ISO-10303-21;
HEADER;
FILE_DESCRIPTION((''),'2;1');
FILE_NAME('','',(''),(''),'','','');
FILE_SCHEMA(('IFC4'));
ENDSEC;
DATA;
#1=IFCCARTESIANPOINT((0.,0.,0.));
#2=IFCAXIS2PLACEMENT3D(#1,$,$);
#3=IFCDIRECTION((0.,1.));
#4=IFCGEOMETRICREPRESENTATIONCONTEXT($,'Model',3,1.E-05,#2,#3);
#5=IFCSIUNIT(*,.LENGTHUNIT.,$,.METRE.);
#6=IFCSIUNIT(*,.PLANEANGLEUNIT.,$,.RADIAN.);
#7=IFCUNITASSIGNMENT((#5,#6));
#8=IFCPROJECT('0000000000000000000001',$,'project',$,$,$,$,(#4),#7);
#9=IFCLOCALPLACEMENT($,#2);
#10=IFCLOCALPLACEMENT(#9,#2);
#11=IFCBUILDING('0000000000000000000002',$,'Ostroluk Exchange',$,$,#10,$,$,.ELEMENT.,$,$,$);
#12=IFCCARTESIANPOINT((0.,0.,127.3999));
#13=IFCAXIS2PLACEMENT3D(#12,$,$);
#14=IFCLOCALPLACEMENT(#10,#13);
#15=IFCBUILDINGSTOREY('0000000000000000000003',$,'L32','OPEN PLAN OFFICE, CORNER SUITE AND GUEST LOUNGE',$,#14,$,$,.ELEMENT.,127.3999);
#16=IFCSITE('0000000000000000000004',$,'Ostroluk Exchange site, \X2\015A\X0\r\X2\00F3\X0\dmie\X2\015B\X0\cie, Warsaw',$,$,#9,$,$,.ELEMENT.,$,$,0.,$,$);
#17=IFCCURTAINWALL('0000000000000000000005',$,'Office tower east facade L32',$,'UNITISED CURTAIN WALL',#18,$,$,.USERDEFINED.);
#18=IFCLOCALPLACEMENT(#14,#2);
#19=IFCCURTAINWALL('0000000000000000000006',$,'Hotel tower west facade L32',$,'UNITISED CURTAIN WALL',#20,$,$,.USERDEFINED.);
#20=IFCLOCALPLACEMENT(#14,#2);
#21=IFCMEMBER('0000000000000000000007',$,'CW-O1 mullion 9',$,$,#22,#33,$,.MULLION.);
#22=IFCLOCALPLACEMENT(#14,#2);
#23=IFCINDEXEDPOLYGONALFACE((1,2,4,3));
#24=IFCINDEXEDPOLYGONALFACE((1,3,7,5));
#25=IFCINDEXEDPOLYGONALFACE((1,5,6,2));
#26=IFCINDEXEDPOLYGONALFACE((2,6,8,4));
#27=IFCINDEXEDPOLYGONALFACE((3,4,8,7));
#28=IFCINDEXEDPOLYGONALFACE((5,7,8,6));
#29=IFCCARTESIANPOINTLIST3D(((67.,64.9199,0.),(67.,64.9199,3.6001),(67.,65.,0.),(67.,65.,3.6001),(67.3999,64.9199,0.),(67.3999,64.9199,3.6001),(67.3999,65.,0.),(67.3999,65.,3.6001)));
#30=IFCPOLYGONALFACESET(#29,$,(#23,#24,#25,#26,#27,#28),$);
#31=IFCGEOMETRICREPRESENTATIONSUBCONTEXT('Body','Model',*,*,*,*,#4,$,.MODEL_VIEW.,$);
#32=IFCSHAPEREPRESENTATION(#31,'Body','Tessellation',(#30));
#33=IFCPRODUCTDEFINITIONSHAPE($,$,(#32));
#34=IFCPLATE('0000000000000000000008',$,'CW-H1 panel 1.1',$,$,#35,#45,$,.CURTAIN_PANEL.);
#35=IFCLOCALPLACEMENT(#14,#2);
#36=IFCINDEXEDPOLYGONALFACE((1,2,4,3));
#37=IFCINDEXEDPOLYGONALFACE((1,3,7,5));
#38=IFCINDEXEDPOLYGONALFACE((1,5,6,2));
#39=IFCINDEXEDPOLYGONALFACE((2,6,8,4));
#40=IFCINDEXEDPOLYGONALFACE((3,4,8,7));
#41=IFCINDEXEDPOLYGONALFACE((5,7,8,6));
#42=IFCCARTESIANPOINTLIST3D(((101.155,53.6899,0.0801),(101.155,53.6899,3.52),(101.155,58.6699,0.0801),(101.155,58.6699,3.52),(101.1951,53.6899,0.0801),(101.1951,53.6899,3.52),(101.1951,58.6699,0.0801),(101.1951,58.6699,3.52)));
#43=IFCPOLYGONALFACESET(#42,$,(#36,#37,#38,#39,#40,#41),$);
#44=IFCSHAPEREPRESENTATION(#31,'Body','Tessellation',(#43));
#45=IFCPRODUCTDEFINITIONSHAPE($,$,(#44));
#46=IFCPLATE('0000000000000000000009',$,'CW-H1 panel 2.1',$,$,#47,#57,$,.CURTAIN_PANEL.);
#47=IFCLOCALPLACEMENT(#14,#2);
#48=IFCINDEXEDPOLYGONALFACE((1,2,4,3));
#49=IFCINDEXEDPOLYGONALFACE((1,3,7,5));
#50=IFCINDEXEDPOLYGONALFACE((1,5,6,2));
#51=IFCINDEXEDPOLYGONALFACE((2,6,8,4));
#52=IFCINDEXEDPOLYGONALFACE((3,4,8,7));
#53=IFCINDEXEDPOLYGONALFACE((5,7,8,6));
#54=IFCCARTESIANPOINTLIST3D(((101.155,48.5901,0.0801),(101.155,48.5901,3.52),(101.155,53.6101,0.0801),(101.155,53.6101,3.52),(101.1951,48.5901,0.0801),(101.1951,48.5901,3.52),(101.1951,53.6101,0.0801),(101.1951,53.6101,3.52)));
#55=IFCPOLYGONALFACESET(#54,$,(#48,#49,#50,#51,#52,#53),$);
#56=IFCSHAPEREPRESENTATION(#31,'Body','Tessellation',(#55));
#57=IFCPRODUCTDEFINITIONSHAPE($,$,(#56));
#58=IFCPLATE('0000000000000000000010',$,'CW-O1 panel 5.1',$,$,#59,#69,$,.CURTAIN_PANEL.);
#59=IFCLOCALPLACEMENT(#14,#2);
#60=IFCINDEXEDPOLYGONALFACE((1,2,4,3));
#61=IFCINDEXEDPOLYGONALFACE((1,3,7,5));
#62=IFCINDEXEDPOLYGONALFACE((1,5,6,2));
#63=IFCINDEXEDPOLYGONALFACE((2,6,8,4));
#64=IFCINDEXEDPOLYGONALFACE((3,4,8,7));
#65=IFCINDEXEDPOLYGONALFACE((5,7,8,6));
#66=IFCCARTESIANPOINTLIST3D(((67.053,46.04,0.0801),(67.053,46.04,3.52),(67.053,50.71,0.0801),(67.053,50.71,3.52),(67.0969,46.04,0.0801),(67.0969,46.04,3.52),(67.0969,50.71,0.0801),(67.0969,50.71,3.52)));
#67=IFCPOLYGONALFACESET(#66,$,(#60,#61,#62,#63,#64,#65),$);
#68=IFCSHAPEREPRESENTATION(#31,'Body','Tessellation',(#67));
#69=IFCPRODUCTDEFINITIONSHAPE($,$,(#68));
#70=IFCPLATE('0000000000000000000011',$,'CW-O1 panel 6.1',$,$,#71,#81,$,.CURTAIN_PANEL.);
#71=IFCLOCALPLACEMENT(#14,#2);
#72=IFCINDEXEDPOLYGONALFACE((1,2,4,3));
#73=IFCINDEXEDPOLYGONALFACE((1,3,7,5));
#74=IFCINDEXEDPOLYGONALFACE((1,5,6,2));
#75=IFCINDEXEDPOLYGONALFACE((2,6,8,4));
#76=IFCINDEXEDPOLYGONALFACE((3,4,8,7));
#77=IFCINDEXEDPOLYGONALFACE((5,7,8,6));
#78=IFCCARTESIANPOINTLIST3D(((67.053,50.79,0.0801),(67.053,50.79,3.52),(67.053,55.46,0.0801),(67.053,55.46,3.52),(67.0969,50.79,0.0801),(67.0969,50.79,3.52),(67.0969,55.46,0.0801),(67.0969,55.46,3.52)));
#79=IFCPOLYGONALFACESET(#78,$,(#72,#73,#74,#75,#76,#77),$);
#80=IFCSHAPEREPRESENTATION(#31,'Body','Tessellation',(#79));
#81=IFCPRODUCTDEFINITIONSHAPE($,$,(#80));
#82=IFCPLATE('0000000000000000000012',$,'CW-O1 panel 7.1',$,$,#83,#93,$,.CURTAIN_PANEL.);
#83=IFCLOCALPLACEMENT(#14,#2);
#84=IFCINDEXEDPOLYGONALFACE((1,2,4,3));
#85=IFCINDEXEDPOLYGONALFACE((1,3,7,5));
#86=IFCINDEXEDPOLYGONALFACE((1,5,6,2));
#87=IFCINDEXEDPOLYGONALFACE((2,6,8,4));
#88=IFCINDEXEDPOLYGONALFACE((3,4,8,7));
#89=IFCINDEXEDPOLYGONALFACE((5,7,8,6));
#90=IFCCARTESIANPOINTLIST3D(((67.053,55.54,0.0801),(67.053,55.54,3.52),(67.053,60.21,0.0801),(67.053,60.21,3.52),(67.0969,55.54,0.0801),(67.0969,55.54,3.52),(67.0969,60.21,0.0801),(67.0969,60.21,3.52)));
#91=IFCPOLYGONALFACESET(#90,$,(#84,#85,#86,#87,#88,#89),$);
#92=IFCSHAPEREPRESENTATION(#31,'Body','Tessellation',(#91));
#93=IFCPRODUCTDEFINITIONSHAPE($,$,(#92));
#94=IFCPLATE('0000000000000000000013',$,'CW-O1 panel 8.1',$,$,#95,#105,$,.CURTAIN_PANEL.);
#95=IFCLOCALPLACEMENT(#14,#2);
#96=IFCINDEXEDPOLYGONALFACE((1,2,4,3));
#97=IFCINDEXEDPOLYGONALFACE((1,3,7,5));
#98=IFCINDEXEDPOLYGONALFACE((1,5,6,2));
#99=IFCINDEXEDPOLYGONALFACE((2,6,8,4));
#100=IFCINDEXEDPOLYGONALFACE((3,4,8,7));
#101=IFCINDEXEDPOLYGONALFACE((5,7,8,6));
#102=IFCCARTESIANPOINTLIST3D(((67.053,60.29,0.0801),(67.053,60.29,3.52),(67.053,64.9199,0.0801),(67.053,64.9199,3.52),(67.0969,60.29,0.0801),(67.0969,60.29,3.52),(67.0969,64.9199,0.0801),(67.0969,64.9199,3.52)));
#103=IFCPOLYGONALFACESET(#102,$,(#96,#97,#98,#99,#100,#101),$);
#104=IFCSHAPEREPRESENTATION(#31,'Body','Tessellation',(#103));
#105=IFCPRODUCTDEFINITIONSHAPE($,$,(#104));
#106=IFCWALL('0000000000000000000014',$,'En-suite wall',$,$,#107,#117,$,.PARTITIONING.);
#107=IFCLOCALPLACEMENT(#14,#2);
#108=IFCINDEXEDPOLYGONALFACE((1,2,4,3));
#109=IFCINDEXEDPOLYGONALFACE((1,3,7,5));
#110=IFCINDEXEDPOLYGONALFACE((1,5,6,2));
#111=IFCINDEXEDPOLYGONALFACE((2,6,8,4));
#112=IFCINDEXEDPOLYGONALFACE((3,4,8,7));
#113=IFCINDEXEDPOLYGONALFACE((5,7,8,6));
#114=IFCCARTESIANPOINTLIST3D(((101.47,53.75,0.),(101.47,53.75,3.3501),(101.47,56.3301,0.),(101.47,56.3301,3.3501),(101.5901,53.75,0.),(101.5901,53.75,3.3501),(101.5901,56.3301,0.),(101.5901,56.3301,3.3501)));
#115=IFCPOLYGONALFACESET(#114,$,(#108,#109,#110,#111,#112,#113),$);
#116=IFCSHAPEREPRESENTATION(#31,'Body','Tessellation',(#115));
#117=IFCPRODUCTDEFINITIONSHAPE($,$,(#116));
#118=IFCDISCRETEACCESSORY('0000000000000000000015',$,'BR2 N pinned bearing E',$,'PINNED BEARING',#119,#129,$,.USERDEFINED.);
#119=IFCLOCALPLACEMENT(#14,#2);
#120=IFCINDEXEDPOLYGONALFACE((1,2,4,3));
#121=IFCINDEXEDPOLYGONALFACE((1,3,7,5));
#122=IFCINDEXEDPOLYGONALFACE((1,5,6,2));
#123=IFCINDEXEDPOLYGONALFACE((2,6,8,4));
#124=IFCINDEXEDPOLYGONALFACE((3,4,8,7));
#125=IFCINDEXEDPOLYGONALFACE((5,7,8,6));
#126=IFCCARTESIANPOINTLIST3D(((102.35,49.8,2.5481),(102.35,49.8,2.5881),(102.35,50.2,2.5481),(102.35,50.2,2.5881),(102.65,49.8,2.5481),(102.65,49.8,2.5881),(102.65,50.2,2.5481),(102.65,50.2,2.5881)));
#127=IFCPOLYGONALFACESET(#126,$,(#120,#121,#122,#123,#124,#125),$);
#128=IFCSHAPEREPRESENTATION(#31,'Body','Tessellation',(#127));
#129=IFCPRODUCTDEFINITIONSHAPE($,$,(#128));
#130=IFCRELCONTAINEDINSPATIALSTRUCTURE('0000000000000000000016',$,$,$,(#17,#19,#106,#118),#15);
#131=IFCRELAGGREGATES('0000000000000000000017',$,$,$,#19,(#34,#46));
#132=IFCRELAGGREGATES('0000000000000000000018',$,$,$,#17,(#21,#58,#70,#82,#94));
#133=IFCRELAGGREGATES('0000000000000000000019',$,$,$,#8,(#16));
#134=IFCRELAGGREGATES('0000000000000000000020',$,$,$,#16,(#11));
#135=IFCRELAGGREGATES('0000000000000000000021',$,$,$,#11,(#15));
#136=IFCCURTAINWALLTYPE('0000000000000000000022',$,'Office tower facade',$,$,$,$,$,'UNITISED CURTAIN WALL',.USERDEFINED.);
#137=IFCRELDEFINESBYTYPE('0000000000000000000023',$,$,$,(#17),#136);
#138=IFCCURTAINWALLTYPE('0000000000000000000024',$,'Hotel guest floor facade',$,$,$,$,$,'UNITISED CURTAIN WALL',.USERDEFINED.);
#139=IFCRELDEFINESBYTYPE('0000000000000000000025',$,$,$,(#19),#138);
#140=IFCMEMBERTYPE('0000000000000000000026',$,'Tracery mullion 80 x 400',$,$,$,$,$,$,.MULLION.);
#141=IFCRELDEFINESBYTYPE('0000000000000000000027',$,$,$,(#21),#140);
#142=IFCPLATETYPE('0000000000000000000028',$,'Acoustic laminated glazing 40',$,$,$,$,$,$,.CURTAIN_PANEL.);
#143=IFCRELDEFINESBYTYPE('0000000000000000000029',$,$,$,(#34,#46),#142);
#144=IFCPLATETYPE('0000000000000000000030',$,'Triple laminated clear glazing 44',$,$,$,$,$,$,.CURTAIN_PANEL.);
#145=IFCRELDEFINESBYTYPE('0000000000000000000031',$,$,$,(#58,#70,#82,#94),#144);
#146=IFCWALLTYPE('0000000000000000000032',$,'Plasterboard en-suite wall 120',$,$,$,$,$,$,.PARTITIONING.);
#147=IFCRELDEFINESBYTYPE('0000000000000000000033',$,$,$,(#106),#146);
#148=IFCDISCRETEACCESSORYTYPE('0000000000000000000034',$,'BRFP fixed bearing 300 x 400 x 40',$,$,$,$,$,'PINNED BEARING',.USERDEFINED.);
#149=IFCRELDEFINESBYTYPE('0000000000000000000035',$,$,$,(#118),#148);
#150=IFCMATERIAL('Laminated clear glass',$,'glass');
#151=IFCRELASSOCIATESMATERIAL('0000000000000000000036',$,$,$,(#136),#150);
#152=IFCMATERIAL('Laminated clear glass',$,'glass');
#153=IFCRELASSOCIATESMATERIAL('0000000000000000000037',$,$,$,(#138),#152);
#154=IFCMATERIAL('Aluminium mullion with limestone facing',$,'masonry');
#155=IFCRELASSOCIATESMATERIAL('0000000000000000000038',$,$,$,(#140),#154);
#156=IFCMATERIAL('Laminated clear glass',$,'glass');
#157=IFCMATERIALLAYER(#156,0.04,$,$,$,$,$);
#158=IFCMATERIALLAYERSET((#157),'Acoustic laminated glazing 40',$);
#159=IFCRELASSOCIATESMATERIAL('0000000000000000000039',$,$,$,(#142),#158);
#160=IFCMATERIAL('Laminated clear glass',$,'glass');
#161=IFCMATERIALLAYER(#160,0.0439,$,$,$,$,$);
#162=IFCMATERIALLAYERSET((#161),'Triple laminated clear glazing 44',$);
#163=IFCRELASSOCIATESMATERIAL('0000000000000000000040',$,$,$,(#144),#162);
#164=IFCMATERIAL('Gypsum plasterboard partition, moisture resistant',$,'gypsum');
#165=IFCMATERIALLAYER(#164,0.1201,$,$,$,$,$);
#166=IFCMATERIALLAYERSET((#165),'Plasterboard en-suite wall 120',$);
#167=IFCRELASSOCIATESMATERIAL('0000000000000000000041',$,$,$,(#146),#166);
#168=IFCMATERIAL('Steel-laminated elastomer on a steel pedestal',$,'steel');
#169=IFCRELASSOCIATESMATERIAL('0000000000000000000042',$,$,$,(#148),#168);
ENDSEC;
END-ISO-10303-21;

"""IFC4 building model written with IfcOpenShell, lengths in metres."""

from ifc_helpers import new_model, si_unit, direction, frame, frame_2d, origin, origin_2d, place, context, subcontext, project, spatial, rectangle, extrude, material, layer, layer_set, material_profile, profile_set, type_object, element, aggregate, save


model = new_model("IFC4")

# Units and contexts
model_context = context("Model", 3, precision=1e-05, world=origin(), true_north=direction((0.0, 1.0)))
body_context = subcontext(model_context, "Body", "Model", "MODEL_VIEW")
ifc_project = project(units=[si_unit("LENGTHUNIT", "METRE"), si_unit("PLANEANGLEUNIT", "RADIAN")], contexts=[model_context])

# Site, building, storey
site_placement = place(None, origin())
site = spatial("IfcSite", under=ifc_project, at=site_placement, Name="Ostroluk Exchange site, Śródmieście, Warsaw", CompositionType="ELEMENT", RefElevation=0.0)
building_placement = place(site_placement, origin())
building = spatial("IfcBuilding", under=site, at=building_placement, Name="Ostroluk Exchange", CompositionType="ELEMENT")
storey_placement = place(building_placement, frame((0.0, 0.0, 127.3999)))
storey = spatial("IfcBuildingStorey", under=building, at=storey_placement, Name="L32", Description="OPEN PLAN OFFICE, CORNER SUITE AND GUEST LOUNGE", CompositionType="ELEMENT", Elevation=127.3999)

# Curtain walls
ifc_material_1 = material(Name="Laminated clear glass", Category="glass")
curtain_wall_type_1 = type_object("IfcCurtainWallType", Name="Office tower facade", ElementType="UNITISED CURTAIN WALL", PredefinedType="USERDEFINED", material=ifc_material_1)
curtain_wall_1_placement = place(storey_placement, origin())
curtain_wall_1 = element("IfcCurtainWall", 1, at=curtain_wall_1_placement, inside=storey, type_object=curtain_wall_type_1, Name="Office tower east facade L32", ObjectType="UNITISED CURTAIN WALL", PredefinedType="USERDEFINED")
ifc_material_2 = material(Name="Laminated clear glass", Category="glass")
curtain_wall_type_2 = type_object("IfcCurtainWallType", Name="Hotel guest floor facade", ElementType="UNITISED CURTAIN WALL", PredefinedType="USERDEFINED", material=ifc_material_2)
curtain_wall_2_placement = place(storey_placement, origin())
curtain_wall_2 = element("IfcCurtainWall", 2, at=curtain_wall_2_placement, inside=storey, type_object=curtain_wall_type_2, Name="Hotel tower west facade L32", ObjectType="UNITISED CURTAIN WALL", PredefinedType="USERDEFINED")

# Member
ifc_material_3 = material(Name="Aluminium mullion with limestone facing", Category="masonry")
ifc_material_profile_1 = material_profile(ifc_material_3, rectangle(XDim=0.3999, YDim=0.0801, at=origin_2d()), Name="Tracery mullion 80 x 400")
ifc_profile_set_1 = profile_set([ifc_material_profile_1], Name="Aluminium mullion with limestone facing")
member_type_1 = type_object("IfcMemberType", Name="Tracery mullion 80 x 400", PredefinedType="MULLION", material=ifc_profile_set_1)
member_1_placement = place(storey_placement, frame((67.2, 64.96, 0.0), z_axis=(0.0, 0.0, 1.0), x_axis=(-1.0, 0.0, 0.0)))
member_1 = element("IfcMember", 3, at=member_1_placement, type_object=member_type_1, Name="CW-O1 mullion 9", PredefinedType="MULLION", context=body_context, shape_type="SweptSolid", body=[
    extrude(rectangle(XDim=0.3999, YDim=0.0801, at=origin_2d()), origin(), (0.0, 0.0, 1.0), 3.6001),
])

# Plates
ifc_material_4 = material(Name="Laminated clear glass", Category="glass")
ifc_layer_1 = layer(ifc_material_4, 0.04)
ifc_layer_set_1 = layer_set([ifc_layer_1], Name="Acoustic laminated glazing 40")
plate_type_1 = type_object("IfcPlateType", Name="Acoustic laminated glazing 40", PredefinedType="CURTAIN_PANEL", material=ifc_layer_set_1)
plate_1_placement = place(storey_placement, frame((101.175, 56.1799, 0.0801), z_axis=(0.0, 0.0, 1.0), x_axis=(0.0, -1.0, 0.0)))
plate_1 = element("IfcPlate", 4, at=plate_1_placement, type_object=plate_type_1, Name="CW-H1 panel 1.1", PredefinedType="CURTAIN_PANEL", context=body_context, shape_type="SweptSolid", body=[
    extrude(rectangle(XDim=4.98, YDim=0.04, at=origin_2d()), origin(), (0.0, 0.0, 1.0), 3.4399),
])
plate_2_placement = place(storey_placement, frame((101.175, 51.1001, 0.0801), z_axis=(0.0, 0.0, 1.0), x_axis=(0.0, -1.0, 0.0)))
plate_2 = element("IfcPlate", 5, at=plate_2_placement, type_object=plate_type_1, Name="CW-H1 panel 2.1", PredefinedType="CURTAIN_PANEL", context=body_context, shape_type="SweptSolid", body=[
    extrude(rectangle(XDim=5.02, YDim=0.04, at=origin_2d()), origin(), (0.0, 0.0, 1.0), 3.4399),
])
aggregate(curtain_wall_2, [plate_1, plate_2])
ifc_material_5 = material(Name="Laminated clear glass", Category="glass")
ifc_layer_2 = layer(ifc_material_5, 0.0439)
ifc_layer_set_2 = layer_set([ifc_layer_2], Name="Triple laminated clear glazing 44")
plate_type_2 = type_object("IfcPlateType", Name="Triple laminated clear glazing 44", PredefinedType="CURTAIN_PANEL", material=ifc_layer_set_2)
plate_3_placement = place(storey_placement, frame((67.075, 48.375, 0.0801), z_axis=(0.0, 0.0, 1.0), x_axis=(0.0, 1.0, 0.0)))
plate_3 = element("IfcPlate", 6, at=plate_3_placement, type_object=plate_type_2, Name="CW-O1 panel 5.1", PredefinedType="CURTAIN_PANEL", context=body_context, shape_type="SweptSolid", body=[
    extrude(rectangle(XDim=4.6699, YDim=0.0439, at=origin_2d()), origin(), (0.0, 0.0, 1.0), 3.4399),
])
plate_4_placement = place(storey_placement, frame((67.075, 53.125, 0.0801), z_axis=(0.0, 0.0, 1.0), x_axis=(0.0, 1.0, 0.0)))
plate_4 = element("IfcPlate", 7, at=plate_4_placement, type_object=plate_type_2, Name="CW-O1 panel 6.1", PredefinedType="CURTAIN_PANEL", context=body_context, shape_type="SweptSolid", body=[
    extrude(rectangle(XDim=4.6699, YDim=0.0439, at=origin_2d()), origin(), (0.0, 0.0, 1.0), 3.4399),
])
plate_5_placement = place(storey_placement, frame((67.075, 57.875, 0.0801), z_axis=(0.0, 0.0, 1.0), x_axis=(0.0, 1.0, 0.0)))
plate_5 = element("IfcPlate", 8, at=plate_5_placement, type_object=plate_type_2, Name="CW-O1 panel 7.1", PredefinedType="CURTAIN_PANEL", context=body_context, shape_type="SweptSolid", body=[
    extrude(rectangle(XDim=4.6699, YDim=0.0439, at=origin_2d()), origin(), (0.0, 0.0, 1.0), 3.4399),
])
plate_6_placement = place(storey_placement, frame((67.075, 62.605, 0.0801), z_axis=(0.0, 0.0, 1.0), x_axis=(0.0, 1.0, 0.0)))
plate_6 = element("IfcPlate", 9, at=plate_6_placement, type_object=plate_type_2, Name="CW-O1 panel 8.1", PredefinedType="CURTAIN_PANEL", context=body_context, shape_type="SweptSolid", body=[
    extrude(rectangle(XDim=4.6299, YDim=0.0439, at=origin_2d()), origin(), (0.0, 0.0, 1.0), 3.4399),
])
aggregate(curtain_wall_1, [member_1, plate_3, plate_4, plate_5, plate_6])

# Wall
ifc_material_6 = material(Name="Gypsum plasterboard partition, moisture resistant", Category="gypsum")
ifc_layer_3 = layer(ifc_material_6, 0.1201)
ifc_layer_set_3 = layer_set([ifc_layer_3], Name="Plasterboard en-suite wall 120")
wall_type = type_object("IfcWallType", Name="Plasterboard en-suite wall 120", PredefinedType="PARTITIONING", material=ifc_layer_set_3)
wall_placement = place(storey_placement, frame((101.53, 53.75, 0.0), z_axis=(0.0, 0.0, 1.0), x_axis=(0.0, 1.0, 0.0)))
element("IfcWall", 10, at=wall_placement, inside=storey, type_object=wall_type, Name="En-suite wall", PredefinedType="PARTITIONING", context=body_context, shape_type="SweptSolid", body=[
    extrude(rectangle(XDim=2.5801, YDim=0.1201, at=frame_2d((1.29, 0.0))), origin(), (0.0, 0.0, 1.0), 3.3501),
])

# Discrete accessory
ifc_material_7 = material(Name="Steel-laminated elastomer on a steel pedestal", Category="steel")
discrete_accessory_type = type_object("IfcDiscreteAccessoryType", Name="BRFP fixed bearing 300 x 400 x 40", ElementType="PINNED BEARING", PredefinedType="USERDEFINED", material=ifc_material_7)
discrete_accessory_placement = place(storey_placement, frame((102.5, 50.0, 2.5481), z_axis=(0.0, 0.0, 1.0), x_axis=(1.0, 0.0, 0.0)))
element("IfcDiscreteAccessory", 11, at=discrete_accessory_placement, inside=storey, type_object=discrete_accessory_type, Name="BR2 N pinned bearing E", ObjectType="PINNED BEARING", PredefinedType="USERDEFINED", context=body_context, shape_type="SweptSolid", body=[
    extrude(rectangle(XDim=0.3, YDim=0.3999, at=origin_2d()), origin(), (0.0, 0.0, 1.0), 0.04),
])

save(model, "model.ifc")
